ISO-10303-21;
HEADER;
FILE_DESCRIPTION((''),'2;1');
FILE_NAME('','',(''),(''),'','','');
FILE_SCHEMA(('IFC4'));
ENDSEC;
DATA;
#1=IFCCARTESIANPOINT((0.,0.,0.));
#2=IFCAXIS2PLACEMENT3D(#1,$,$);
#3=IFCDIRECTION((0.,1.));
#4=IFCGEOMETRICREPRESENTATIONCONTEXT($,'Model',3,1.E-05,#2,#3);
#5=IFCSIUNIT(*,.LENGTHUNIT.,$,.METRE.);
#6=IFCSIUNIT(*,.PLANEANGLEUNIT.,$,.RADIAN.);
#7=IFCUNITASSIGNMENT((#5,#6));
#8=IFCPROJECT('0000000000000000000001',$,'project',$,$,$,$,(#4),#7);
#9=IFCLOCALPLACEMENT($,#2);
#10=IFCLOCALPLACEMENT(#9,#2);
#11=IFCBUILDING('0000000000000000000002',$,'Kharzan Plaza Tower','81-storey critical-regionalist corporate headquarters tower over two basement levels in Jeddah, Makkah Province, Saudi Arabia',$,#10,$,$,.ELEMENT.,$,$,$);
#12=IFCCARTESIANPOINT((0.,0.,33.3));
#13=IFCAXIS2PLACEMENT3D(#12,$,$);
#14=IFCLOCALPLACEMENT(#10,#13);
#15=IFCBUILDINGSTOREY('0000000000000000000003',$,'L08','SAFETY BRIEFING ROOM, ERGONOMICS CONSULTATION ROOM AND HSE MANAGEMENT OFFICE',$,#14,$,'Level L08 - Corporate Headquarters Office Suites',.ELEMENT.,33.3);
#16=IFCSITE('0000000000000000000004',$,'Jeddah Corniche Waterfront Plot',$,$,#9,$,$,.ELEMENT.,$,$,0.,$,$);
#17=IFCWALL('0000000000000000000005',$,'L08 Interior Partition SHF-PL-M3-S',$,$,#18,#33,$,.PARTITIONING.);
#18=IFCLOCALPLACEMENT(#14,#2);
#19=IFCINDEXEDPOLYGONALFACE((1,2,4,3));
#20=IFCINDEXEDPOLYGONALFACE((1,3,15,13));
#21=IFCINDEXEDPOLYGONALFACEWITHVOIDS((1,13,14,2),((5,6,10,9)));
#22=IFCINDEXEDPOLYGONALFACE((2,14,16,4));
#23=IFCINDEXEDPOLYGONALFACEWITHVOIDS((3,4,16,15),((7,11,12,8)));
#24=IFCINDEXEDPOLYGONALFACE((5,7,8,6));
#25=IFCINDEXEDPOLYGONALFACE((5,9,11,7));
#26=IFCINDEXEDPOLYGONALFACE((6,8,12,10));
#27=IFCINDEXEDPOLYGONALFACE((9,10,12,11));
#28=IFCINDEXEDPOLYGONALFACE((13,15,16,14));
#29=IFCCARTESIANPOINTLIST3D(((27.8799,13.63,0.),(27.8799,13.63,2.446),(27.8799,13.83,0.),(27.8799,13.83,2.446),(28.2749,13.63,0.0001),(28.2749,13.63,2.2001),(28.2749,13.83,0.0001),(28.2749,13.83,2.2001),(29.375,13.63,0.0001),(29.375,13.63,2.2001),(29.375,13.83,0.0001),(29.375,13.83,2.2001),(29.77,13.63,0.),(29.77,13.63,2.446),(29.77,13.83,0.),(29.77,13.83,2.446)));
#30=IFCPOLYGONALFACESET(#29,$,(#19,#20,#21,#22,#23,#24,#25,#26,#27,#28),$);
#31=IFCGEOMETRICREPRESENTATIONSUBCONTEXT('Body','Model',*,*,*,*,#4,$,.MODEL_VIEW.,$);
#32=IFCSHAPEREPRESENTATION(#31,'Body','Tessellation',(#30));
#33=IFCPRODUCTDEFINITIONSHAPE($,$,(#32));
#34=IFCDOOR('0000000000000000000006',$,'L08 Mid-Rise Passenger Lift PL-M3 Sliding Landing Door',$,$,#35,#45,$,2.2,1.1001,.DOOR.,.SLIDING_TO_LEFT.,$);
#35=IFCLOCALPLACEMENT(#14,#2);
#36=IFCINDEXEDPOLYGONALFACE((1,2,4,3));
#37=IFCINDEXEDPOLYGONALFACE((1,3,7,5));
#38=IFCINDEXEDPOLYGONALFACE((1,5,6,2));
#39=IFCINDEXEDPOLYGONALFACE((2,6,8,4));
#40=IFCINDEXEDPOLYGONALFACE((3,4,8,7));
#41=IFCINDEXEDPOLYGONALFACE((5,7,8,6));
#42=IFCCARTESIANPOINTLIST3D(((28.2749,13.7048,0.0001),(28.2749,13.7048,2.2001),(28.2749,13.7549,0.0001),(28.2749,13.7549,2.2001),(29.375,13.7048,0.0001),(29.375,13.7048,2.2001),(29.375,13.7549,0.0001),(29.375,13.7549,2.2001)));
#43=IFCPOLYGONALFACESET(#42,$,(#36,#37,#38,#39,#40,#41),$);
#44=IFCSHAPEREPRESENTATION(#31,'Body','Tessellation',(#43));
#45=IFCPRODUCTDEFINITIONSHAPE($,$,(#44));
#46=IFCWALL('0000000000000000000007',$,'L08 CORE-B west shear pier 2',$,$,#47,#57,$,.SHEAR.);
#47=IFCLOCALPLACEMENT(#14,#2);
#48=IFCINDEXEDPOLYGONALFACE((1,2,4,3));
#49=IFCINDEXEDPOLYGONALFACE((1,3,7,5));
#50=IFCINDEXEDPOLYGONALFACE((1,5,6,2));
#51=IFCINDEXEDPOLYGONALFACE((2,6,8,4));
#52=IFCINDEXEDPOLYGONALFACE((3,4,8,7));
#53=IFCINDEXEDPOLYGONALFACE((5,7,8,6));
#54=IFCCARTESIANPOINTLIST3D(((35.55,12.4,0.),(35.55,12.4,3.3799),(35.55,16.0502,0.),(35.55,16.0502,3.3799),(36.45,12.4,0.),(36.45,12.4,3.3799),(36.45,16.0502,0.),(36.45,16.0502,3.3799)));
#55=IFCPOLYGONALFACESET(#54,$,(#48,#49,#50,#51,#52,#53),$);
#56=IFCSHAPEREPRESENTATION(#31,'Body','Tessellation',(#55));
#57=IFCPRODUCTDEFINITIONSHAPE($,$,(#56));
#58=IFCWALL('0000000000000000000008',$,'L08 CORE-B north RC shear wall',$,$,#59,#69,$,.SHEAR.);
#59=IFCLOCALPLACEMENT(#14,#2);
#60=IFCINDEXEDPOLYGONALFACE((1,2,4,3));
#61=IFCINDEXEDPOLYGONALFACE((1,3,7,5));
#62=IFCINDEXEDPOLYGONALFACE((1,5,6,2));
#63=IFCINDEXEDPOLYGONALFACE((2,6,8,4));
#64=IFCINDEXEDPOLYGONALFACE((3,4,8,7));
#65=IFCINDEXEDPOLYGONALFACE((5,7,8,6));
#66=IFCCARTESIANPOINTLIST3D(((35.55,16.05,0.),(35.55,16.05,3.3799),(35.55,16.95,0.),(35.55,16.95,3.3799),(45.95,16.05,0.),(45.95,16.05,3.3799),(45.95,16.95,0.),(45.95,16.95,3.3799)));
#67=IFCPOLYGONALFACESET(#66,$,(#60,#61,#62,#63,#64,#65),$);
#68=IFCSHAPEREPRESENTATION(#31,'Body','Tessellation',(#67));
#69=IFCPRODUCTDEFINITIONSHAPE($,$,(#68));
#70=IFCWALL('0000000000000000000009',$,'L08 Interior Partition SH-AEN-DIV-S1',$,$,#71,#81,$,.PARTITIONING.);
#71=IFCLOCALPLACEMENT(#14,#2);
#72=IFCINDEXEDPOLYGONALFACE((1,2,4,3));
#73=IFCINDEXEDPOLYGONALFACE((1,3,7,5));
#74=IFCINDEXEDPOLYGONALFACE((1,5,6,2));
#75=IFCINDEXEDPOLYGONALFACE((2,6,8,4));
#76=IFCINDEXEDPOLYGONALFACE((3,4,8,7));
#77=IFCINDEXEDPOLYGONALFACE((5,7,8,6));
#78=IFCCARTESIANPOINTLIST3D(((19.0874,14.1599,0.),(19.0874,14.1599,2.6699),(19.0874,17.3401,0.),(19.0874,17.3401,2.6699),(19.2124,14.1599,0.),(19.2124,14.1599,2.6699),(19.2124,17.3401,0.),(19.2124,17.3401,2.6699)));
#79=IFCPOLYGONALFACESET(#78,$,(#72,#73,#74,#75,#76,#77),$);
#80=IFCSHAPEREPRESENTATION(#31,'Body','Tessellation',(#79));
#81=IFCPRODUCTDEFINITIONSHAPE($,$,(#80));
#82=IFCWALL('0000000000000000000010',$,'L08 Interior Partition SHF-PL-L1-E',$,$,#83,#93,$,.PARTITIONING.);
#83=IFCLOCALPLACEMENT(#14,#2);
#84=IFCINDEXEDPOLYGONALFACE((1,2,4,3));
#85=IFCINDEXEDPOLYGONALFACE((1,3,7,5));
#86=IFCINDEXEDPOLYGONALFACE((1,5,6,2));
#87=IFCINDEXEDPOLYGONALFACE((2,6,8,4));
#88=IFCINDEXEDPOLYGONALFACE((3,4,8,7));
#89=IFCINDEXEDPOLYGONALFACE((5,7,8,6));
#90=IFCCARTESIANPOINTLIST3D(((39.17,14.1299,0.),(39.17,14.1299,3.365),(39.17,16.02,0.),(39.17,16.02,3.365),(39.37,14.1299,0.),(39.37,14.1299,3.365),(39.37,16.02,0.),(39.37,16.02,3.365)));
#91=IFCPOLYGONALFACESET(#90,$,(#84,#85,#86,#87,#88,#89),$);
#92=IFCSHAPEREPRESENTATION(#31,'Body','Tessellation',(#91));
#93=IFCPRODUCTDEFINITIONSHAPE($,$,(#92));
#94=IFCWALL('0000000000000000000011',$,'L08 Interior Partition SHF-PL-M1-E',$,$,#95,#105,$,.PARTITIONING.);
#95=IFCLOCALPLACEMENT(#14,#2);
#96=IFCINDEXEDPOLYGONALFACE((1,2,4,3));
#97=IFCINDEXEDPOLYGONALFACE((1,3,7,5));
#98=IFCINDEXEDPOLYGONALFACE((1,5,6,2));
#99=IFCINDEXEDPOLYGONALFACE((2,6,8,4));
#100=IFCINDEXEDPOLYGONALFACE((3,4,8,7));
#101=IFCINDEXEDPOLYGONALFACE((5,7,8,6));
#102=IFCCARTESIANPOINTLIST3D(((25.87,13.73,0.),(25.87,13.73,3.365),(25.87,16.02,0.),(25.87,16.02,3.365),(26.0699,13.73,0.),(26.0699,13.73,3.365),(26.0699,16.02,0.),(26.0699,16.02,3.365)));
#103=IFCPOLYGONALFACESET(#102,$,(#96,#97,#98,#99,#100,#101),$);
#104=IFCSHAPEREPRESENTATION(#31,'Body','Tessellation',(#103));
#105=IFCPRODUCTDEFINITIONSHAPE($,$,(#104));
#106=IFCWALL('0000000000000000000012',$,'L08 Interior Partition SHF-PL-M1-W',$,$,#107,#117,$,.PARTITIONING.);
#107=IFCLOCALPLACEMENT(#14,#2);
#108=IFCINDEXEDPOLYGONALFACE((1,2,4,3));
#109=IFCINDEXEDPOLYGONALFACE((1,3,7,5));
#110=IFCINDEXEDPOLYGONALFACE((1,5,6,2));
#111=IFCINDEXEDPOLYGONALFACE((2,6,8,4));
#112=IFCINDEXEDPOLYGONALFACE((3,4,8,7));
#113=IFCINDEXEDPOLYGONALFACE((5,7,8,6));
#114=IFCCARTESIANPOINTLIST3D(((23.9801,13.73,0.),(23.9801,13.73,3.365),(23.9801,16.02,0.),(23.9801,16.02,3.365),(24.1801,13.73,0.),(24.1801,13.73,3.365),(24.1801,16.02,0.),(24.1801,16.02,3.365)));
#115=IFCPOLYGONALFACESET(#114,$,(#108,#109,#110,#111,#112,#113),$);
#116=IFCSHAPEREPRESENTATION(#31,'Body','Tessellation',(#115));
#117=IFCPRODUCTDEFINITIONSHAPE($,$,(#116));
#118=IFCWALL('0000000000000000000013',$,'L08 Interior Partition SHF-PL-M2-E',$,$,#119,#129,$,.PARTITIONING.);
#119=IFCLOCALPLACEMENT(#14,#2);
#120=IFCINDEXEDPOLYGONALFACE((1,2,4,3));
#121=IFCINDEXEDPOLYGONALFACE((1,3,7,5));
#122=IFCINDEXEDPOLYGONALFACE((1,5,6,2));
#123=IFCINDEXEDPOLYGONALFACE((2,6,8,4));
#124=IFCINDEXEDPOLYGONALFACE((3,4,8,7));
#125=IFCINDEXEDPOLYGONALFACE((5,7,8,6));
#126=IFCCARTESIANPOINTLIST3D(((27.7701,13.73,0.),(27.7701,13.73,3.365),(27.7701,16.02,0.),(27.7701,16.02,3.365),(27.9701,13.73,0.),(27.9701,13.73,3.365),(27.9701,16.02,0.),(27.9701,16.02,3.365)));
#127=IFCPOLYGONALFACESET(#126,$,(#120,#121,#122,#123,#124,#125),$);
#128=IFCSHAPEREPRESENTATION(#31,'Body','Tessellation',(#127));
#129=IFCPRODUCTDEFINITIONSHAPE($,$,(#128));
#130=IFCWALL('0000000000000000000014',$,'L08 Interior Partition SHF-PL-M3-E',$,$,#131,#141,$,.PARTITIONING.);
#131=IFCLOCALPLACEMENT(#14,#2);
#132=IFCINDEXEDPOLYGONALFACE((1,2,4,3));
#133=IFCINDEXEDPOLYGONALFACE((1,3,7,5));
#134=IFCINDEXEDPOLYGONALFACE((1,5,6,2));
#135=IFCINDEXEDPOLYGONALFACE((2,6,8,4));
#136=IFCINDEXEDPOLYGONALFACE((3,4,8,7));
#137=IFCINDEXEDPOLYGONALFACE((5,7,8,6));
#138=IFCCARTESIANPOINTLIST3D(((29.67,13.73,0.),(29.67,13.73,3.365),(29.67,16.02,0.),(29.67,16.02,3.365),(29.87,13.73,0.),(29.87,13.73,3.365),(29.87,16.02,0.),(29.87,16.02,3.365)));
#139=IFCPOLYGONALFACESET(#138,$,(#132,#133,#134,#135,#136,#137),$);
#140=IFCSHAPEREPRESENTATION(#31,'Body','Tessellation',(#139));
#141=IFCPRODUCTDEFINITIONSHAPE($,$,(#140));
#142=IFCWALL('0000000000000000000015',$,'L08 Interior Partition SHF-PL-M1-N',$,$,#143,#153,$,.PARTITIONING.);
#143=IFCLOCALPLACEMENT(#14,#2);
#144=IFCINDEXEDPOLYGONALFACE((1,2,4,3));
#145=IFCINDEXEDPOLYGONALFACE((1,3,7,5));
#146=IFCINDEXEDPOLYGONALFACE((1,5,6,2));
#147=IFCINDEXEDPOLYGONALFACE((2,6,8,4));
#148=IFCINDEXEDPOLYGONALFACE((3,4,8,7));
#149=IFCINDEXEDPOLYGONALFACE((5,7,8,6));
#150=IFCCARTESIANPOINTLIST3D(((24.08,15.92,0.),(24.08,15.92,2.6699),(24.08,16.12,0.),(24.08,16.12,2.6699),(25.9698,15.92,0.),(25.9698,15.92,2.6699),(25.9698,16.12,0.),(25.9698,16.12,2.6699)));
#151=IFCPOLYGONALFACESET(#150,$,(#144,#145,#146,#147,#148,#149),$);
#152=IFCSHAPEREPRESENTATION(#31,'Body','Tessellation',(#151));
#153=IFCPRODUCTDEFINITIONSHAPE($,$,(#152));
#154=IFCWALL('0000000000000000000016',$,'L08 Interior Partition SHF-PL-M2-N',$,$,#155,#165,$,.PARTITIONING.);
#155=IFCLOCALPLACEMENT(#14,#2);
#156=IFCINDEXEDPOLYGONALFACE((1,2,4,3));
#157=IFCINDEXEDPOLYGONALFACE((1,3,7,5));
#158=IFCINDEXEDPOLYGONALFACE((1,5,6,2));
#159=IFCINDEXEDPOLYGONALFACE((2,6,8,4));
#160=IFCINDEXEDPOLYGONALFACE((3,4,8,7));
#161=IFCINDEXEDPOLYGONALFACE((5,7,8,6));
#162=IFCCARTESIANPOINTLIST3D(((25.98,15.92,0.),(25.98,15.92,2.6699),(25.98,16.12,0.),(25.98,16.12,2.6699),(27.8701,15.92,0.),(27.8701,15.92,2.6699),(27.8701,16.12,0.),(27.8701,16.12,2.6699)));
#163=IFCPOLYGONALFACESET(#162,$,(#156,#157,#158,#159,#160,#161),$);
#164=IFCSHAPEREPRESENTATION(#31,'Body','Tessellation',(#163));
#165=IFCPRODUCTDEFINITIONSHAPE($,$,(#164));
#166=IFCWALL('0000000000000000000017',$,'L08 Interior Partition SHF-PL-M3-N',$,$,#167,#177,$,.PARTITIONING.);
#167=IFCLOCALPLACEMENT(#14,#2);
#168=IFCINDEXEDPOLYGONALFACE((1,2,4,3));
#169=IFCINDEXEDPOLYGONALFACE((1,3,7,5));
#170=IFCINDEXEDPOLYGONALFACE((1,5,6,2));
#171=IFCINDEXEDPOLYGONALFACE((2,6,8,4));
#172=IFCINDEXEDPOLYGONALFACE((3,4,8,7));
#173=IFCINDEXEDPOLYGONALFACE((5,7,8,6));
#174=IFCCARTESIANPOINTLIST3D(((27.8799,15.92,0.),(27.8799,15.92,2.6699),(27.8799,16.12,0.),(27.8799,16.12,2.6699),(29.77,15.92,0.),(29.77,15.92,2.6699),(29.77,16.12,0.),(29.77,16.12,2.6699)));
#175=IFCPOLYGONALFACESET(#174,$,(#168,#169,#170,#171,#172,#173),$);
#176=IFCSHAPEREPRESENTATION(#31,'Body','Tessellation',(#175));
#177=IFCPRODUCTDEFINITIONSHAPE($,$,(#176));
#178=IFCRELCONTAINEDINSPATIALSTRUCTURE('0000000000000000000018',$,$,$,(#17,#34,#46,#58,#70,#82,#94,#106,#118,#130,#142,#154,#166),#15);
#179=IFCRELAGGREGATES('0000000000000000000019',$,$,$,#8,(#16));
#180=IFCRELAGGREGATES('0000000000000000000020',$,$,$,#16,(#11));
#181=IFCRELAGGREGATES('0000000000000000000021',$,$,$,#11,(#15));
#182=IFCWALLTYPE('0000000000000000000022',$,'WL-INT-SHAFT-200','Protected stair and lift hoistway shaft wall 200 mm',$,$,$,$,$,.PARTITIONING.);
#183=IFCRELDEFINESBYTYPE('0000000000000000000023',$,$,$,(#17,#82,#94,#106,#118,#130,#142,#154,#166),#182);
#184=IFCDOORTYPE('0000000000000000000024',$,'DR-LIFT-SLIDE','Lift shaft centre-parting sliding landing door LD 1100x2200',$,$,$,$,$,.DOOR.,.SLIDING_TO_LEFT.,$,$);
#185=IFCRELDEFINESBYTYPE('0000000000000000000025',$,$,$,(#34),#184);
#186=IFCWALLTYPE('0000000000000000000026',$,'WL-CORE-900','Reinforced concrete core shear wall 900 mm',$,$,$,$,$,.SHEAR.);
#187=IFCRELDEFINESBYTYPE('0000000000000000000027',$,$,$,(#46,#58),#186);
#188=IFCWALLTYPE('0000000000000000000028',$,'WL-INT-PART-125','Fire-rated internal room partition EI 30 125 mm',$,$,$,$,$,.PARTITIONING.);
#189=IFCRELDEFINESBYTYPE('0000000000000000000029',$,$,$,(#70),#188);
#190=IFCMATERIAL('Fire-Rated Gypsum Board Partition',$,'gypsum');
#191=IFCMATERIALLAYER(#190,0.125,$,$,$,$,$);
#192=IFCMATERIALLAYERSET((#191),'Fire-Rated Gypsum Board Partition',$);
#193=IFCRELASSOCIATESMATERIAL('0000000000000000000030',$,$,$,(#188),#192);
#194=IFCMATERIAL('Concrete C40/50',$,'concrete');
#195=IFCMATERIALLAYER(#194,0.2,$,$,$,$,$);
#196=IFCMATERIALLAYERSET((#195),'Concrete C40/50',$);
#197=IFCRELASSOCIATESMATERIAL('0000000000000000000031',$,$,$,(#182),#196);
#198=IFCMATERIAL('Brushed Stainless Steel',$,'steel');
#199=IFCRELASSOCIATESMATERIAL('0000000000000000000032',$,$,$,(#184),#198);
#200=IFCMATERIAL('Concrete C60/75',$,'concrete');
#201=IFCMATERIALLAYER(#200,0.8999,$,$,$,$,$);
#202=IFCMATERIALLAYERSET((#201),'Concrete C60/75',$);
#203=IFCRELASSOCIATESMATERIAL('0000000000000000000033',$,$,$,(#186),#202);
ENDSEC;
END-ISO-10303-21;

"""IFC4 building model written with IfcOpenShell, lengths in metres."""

from ifc_helpers import new_model, si_unit, direction, frame, frame_2d, origin, place, context, subcontext, project, spatial, rectangle, extrude, source, transform, mapped, material, layer, layer_set, type_object, element, fill, save


model = new_model("IFC4")

# Units and contexts
model_context = context("Model", 3, precision=1e-05, world=origin(), true_north=direction((0.0, 1.0)))
body_context = subcontext(model_context, "Body", "Model", "MODEL_VIEW")
ifc_project = project(units=[si_unit("LENGTHUNIT", "METRE"), si_unit("PLANEANGLEUNIT", "RADIAN")], contexts=[model_context])

# Site, building, storey
site_placement = place(None, origin())
site = spatial("IfcSite", under=ifc_project, at=site_placement, Name="Jeddah Corniche Waterfront Plot", CompositionType="ELEMENT", RefElevation=0.0)
building_placement = place(site_placement, origin())
building = spatial("IfcBuilding", under=site, at=building_placement, Name="Kharzan Plaza Tower", Description="81-storey critical-regionalist corporate headquarters tower over two basement levels in Jeddah, Makkah Province, Saudi Arabia", CompositionType="ELEMENT")
storey_placement = place(building_placement, frame((0.0, 0.0, 33.3)))
storey = spatial("IfcBuildingStorey", under=building, at=storey_placement, Name="L08", Description="SAFETY BRIEFING ROOM, ERGONOMICS CONSULTATION ROOM AND HSE MANAGEMENT OFFICE", LongName="Level L08 - Corporate Headquarters Office Suites", CompositionType="ELEMENT", Elevation=33.3)

# Shared definitions
ifc_material_1 = material(Name="Concrete C60/75", Category="concrete")

# Wall, opening, door
ifc_material_2 = material(Name="Fire-Rated Gypsum Board Partition", Category="gypsum")
ifc_layer_1 = layer(ifc_material_2, 0.125)
ifc_layer_set_1 = layer_set([ifc_layer_1], Name="Fire-Rated Gypsum Board Partition")
wall_type_1 = type_object("IfcWallType", Name="WL-INT-PART-125", Description="Fire-rated internal room partition EI 30 125 mm", PredefinedType="PARTITIONING", material=ifc_layer_set_1)
ifc_material_3 = material(Name="Concrete C40/50", Category="concrete")
ifc_layer_2 = layer(ifc_material_3, 0.2)
ifc_layer_set_2 = layer_set([ifc_layer_2], Name="Concrete C40/50")
wall_type_2 = type_object("IfcWallType", Name="WL-INT-SHAFT-200", Description="Protected stair and lift hoistway shaft wall 200 mm", PredefinedType="PARTITIONING", material=ifc_layer_set_2)
ifc_material_4 = material(Name="Brushed Stainless Steel", Category="steel")
door_type_1 = type_object("IfcDoorType", Name="DR-LIFT-SLIDE", Description="Lift shaft centre-parting sliding landing door LD 1100x2200", OperationType="SLIDING_TO_LEFT", PredefinedType="DOOR", material=ifc_material_4)
shared_shape_1 = source(origin(), body_context, "Body", "SweptSolid", [
    extrude(rectangle(XDim=1.1001, YDim=2.2, at=frame_2d((0.55, 1.1001))), frame((0.0, 0.0249, 0.0), z_axis=(0.0, -1.0, 0.0), x_axis=(1.0, 0.0, 0.0)), (0.0, 0.0, 1.0), 0.05),
])
wall_1_placement = place(storey_placement, frame((27.8799, 13.73, 0.0), z_axis=(0.0, 0.0, 1.0), x_axis=(1.0, 0.0, 0.0)))
wall_1 = element("IfcWall", 1, at=wall_1_placement, inside=storey, type_object=wall_type_2, Name="L08 Interior Partition SHF-PL-M3-S", PredefinedType="PARTITIONING", context=body_context, shape_type="SweptSolid", body=[
    extrude(rectangle(XDim=1.8901, YDim=0.2, at=frame_2d((0.9451, 0.0))), origin(), (0.0, 0.0, 1.0), 2.446),
])
opening_1_placement = place(wall_1_placement, frame((0.395, 0.0, 0.0)))
opening_1 = element("IfcOpeningElement", 2, at=opening_1_placement, cuts=wall_1, PredefinedType="OPENING", context=body_context, shape_type="SweptSolid", body=[
    extrude(rectangle(XDim=1.1001, YDim=2.2, at=frame_2d((0.55, 1.1001))), frame((0.0, 0.1099, 0.0), z_axis=(0.0, -1.0, 0.0), x_axis=(1.0, 0.0, 0.0)), (0.0, 0.0, 1.0), 0.22),
])
door_1_placement = place(opening_1_placement, origin())
door_1 = element("IfcDoor", 3, at=door_1_placement, inside=storey, type_object=door_type_1, Name="L08 Mid-Rise Passenger Lift PL-M3 Sliding Landing Door", OperationType="SLIDING_TO_LEFT", OverallHeight=2.2, OverallWidth=1.1001, PredefinedType="DOOR", context=body_context, shape_type="MappedRepresentation", body=[
    mapped(shared_shape_1, transform((0.0, 0.0, 0.0), x_axis=(1.0, 0.0, 0.0), y_axis=(0.0, 1.0, 0.0), z_axis=(0.0, 0.0, 1.0))),
])
fill(opening_1, door_1)

# Walls
ifc_layer_3 = layer(ifc_material_1, 0.8999)
ifc_layer_set_3 = layer_set([ifc_layer_3], Name="Concrete C60/75")
wall_type_3 = type_object("IfcWallType", Name="WL-CORE-900", Description="Reinforced concrete core shear wall 900 mm", PredefinedType="SHEAR", material=ifc_layer_set_3)
shared_shape_2 = source(origin(), body_context, "Body", "SweptSolid", [
    extrude(rectangle(XDim=3.6501, YDim=0.8999, at=frame_2d((1.8252, 0.0))), origin(), (0.0, 0.0, 1.0), 3.3799),
])
wall_2_placement = place(storey_placement, frame((36.0, 12.3999, 0.0), z_axis=(0.0, 0.0, 1.0), x_axis=(0.0, 1.0, 0.0)))
element("IfcWall", 4, at=wall_2_placement, inside=storey, type_object=wall_type_3, Name="L08 CORE-B west shear pier 2", PredefinedType="SHEAR", context=body_context, shape_type="MappedRepresentation", body=[
    mapped(shared_shape_2, transform((0.0, 0.0, 0.0), x_axis=(1.0, 0.0, 0.0), y_axis=(0.0, 1.0, 0.0), z_axis=(0.0, 0.0, 1.0))),
])
shared_shape_3 = source(origin(), body_context, "Body", "SweptSolid", [
    extrude(rectangle(XDim=10.3999, YDim=0.8999, at=frame_2d((5.2, 0.0))), origin(), (0.0, 0.0, 1.0), 3.3799),
])
wall_3_placement = place(storey_placement, frame((35.55, 16.5, 0.0), z_axis=(0.0, 0.0, 1.0), x_axis=(1.0, 0.0, 0.0)))
element("IfcWall", 5, at=wall_3_placement, inside=storey, type_object=wall_type_3, Name="L08 CORE-B north RC shear wall", PredefinedType="SHEAR", context=body_context, shape_type="MappedRepresentation", body=[
    mapped(shared_shape_3, transform((0.0, 0.0, 0.0), x_axis=(1.0, 0.0, 0.0), y_axis=(0.0, 1.0, 0.0), z_axis=(0.0, 0.0, 1.0))),
])
shared_shape_4 = source(origin(), body_context, "Body", "SweptSolid", [
    extrude(rectangle(XDim=3.1802, YDim=0.125, at=frame_2d((1.5901, 0.0))), origin(), (0.0, 0.0, 1.0), 2.6699),
])
wall_4_placement = place(storey_placement, frame((19.1499, 14.1599, 0.0), z_axis=(0.0, 0.0, 1.0), x_axis=(0.0, 1.0, 0.0)))
element("IfcWall", 6, at=wall_4_placement, inside=storey, type_object=wall_type_1, Name="L08 Interior Partition SH-AEN-DIV-S1", PredefinedType="PARTITIONING", context=body_context, shape_type="MappedRepresentation", body=[
    mapped(shared_shape_4, transform((0.0, 0.0, 0.0), x_axis=(1.0, 0.0, 0.0), y_axis=(0.0, 1.0, 0.0), z_axis=(0.0, 0.0, 1.0))),
])
shared_shape_5 = source(origin(), body_context, "Body", "SweptSolid", [
    extrude(rectangle(XDim=1.8901, YDim=0.2, at=frame_2d((0.9451, 0.0))), origin(), (0.0, 0.0, 1.0), 3.365),
])
wall_5_placement = place(storey_placement, frame((39.27, 14.1299, 0.0), z_axis=(0.0, 0.0, 1.0), x_axis=(0.0, 1.0, 0.0)))
element("IfcWall", 7, at=wall_5_placement, inside=storey, type_object=wall_type_2, Name="L08 Interior Partition SHF-PL-L1-E", PredefinedType="PARTITIONING", context=body_context, shape_type="MappedRepresentation", body=[
    mapped(shared_shape_5, transform((0.0, 0.0, 0.0), x_axis=(1.0, 0.0, 0.0), y_axis=(0.0, 1.0, 0.0), z_axis=(0.0, 0.0, 1.0))),
])
shared_shape_6 = source(origin(), body_context, "Body", "SweptSolid", [
    extrude(rectangle(XDim=2.29, YDim=0.2, at=frame_2d((1.145, 0.0))), origin(), (0.0, 0.0, 1.0), 3.365),
])
for number, where, z_axis, x_axis, name in (
    (8, (25.97, 13.73, 0.0), (0.0, 0.0, 1.0), (0.0, 1.0, 0.0), "L08 Interior Partition SHF-PL-M1-E"),
    (9, (24.0801, 13.73, 0.0), (0.0, 0.0, 1.0), (0.0, 1.0, 0.0), "L08 Interior Partition SHF-PL-M1-W"),
    (10, (27.8701, 13.73, 0.0), (0.0, 0.0, 1.0), (0.0, 1.0, 0.0), "L08 Interior Partition SHF-PL-M2-E"),
    (11, (29.77, 13.73, 0.0), (0.0, 0.0, 1.0), (0.0, 1.0, 0.0), "L08 Interior Partition SHF-PL-M3-E"),
):
    element("IfcWall", number, at=place(storey_placement, frame(where, z_axis=z_axis, x_axis=x_axis)), inside=storey, type_object=wall_type_2, Name=name, PredefinedType="PARTITIONING", context=body_context, shape_type="MappedRepresentation", body=[
        mapped(shared_shape_6, transform((0.0, 0.0, 0.0), x_axis=(1.0, 0.0, 0.0), y_axis=(0.0, 1.0, 0.0), z_axis=(0.0, 0.0, 1.0))),
    ])
shared_shape_7 = source(origin(), body_context, "Body", "SweptSolid", [
    extrude(rectangle(XDim=1.8899, YDim=0.2, at=frame_2d((0.9448, 0.0))), origin(), (0.0, 0.0, 1.0), 2.6699),
])
wall_6_placement = place(storey_placement, frame((24.0801, 16.02, 0.0), z_axis=(0.0, 0.0, 1.0), x_axis=(1.0, 0.0, 0.0)))
element("IfcWall", 12, at=wall_6_placement, inside=storey, type_object=wall_type_2, Name="L08 Interior Partition SHF-PL-M1-N", PredefinedType="PARTITIONING", context=body_context, shape_type="MappedRepresentation", body=[
    mapped(shared_shape_7, transform((0.0, 0.0, 0.0), x_axis=(1.0, 0.0, 0.0), y_axis=(0.0, 1.0, 0.0), z_axis=(0.0, 0.0, 1.0))),
])
shared_shape_8 = source(origin(), body_context, "Body", "SweptSolid", [
    extrude(rectangle(XDim=1.8901, YDim=0.2, at=frame_2d((0.9451, 0.0))), origin(), (0.0, 0.0, 1.0), 2.6699),
])
for number, where, z_axis, x_axis, name in (
    (13, (25.98, 16.02, 0.0), (0.0, 0.0, 1.0), (1.0, 0.0, 0.0), "L08 Interior Partition SHF-PL-M2-N"),
    (14, (27.8799, 16.02, 0.0), (0.0, 0.0, 1.0), (1.0, 0.0, 0.0), "L08 Interior Partition SHF-PL-M3-N"),
):
    element("IfcWall", number, at=place(storey_placement, frame(where, z_axis=z_axis, x_axis=x_axis)), inside=storey, type_object=wall_type_2, Name=name, PredefinedType="PARTITIONING", context=body_context, shape_type="MappedRepresentation", body=[
        mapped(shared_shape_8, transform((0.0, 0.0, 0.0), x_axis=(1.0, 0.0, 0.0), y_axis=(0.0, 1.0, 0.0), z_axis=(0.0, 0.0, 1.0))),
    ])

save(model, "model.ifc")
